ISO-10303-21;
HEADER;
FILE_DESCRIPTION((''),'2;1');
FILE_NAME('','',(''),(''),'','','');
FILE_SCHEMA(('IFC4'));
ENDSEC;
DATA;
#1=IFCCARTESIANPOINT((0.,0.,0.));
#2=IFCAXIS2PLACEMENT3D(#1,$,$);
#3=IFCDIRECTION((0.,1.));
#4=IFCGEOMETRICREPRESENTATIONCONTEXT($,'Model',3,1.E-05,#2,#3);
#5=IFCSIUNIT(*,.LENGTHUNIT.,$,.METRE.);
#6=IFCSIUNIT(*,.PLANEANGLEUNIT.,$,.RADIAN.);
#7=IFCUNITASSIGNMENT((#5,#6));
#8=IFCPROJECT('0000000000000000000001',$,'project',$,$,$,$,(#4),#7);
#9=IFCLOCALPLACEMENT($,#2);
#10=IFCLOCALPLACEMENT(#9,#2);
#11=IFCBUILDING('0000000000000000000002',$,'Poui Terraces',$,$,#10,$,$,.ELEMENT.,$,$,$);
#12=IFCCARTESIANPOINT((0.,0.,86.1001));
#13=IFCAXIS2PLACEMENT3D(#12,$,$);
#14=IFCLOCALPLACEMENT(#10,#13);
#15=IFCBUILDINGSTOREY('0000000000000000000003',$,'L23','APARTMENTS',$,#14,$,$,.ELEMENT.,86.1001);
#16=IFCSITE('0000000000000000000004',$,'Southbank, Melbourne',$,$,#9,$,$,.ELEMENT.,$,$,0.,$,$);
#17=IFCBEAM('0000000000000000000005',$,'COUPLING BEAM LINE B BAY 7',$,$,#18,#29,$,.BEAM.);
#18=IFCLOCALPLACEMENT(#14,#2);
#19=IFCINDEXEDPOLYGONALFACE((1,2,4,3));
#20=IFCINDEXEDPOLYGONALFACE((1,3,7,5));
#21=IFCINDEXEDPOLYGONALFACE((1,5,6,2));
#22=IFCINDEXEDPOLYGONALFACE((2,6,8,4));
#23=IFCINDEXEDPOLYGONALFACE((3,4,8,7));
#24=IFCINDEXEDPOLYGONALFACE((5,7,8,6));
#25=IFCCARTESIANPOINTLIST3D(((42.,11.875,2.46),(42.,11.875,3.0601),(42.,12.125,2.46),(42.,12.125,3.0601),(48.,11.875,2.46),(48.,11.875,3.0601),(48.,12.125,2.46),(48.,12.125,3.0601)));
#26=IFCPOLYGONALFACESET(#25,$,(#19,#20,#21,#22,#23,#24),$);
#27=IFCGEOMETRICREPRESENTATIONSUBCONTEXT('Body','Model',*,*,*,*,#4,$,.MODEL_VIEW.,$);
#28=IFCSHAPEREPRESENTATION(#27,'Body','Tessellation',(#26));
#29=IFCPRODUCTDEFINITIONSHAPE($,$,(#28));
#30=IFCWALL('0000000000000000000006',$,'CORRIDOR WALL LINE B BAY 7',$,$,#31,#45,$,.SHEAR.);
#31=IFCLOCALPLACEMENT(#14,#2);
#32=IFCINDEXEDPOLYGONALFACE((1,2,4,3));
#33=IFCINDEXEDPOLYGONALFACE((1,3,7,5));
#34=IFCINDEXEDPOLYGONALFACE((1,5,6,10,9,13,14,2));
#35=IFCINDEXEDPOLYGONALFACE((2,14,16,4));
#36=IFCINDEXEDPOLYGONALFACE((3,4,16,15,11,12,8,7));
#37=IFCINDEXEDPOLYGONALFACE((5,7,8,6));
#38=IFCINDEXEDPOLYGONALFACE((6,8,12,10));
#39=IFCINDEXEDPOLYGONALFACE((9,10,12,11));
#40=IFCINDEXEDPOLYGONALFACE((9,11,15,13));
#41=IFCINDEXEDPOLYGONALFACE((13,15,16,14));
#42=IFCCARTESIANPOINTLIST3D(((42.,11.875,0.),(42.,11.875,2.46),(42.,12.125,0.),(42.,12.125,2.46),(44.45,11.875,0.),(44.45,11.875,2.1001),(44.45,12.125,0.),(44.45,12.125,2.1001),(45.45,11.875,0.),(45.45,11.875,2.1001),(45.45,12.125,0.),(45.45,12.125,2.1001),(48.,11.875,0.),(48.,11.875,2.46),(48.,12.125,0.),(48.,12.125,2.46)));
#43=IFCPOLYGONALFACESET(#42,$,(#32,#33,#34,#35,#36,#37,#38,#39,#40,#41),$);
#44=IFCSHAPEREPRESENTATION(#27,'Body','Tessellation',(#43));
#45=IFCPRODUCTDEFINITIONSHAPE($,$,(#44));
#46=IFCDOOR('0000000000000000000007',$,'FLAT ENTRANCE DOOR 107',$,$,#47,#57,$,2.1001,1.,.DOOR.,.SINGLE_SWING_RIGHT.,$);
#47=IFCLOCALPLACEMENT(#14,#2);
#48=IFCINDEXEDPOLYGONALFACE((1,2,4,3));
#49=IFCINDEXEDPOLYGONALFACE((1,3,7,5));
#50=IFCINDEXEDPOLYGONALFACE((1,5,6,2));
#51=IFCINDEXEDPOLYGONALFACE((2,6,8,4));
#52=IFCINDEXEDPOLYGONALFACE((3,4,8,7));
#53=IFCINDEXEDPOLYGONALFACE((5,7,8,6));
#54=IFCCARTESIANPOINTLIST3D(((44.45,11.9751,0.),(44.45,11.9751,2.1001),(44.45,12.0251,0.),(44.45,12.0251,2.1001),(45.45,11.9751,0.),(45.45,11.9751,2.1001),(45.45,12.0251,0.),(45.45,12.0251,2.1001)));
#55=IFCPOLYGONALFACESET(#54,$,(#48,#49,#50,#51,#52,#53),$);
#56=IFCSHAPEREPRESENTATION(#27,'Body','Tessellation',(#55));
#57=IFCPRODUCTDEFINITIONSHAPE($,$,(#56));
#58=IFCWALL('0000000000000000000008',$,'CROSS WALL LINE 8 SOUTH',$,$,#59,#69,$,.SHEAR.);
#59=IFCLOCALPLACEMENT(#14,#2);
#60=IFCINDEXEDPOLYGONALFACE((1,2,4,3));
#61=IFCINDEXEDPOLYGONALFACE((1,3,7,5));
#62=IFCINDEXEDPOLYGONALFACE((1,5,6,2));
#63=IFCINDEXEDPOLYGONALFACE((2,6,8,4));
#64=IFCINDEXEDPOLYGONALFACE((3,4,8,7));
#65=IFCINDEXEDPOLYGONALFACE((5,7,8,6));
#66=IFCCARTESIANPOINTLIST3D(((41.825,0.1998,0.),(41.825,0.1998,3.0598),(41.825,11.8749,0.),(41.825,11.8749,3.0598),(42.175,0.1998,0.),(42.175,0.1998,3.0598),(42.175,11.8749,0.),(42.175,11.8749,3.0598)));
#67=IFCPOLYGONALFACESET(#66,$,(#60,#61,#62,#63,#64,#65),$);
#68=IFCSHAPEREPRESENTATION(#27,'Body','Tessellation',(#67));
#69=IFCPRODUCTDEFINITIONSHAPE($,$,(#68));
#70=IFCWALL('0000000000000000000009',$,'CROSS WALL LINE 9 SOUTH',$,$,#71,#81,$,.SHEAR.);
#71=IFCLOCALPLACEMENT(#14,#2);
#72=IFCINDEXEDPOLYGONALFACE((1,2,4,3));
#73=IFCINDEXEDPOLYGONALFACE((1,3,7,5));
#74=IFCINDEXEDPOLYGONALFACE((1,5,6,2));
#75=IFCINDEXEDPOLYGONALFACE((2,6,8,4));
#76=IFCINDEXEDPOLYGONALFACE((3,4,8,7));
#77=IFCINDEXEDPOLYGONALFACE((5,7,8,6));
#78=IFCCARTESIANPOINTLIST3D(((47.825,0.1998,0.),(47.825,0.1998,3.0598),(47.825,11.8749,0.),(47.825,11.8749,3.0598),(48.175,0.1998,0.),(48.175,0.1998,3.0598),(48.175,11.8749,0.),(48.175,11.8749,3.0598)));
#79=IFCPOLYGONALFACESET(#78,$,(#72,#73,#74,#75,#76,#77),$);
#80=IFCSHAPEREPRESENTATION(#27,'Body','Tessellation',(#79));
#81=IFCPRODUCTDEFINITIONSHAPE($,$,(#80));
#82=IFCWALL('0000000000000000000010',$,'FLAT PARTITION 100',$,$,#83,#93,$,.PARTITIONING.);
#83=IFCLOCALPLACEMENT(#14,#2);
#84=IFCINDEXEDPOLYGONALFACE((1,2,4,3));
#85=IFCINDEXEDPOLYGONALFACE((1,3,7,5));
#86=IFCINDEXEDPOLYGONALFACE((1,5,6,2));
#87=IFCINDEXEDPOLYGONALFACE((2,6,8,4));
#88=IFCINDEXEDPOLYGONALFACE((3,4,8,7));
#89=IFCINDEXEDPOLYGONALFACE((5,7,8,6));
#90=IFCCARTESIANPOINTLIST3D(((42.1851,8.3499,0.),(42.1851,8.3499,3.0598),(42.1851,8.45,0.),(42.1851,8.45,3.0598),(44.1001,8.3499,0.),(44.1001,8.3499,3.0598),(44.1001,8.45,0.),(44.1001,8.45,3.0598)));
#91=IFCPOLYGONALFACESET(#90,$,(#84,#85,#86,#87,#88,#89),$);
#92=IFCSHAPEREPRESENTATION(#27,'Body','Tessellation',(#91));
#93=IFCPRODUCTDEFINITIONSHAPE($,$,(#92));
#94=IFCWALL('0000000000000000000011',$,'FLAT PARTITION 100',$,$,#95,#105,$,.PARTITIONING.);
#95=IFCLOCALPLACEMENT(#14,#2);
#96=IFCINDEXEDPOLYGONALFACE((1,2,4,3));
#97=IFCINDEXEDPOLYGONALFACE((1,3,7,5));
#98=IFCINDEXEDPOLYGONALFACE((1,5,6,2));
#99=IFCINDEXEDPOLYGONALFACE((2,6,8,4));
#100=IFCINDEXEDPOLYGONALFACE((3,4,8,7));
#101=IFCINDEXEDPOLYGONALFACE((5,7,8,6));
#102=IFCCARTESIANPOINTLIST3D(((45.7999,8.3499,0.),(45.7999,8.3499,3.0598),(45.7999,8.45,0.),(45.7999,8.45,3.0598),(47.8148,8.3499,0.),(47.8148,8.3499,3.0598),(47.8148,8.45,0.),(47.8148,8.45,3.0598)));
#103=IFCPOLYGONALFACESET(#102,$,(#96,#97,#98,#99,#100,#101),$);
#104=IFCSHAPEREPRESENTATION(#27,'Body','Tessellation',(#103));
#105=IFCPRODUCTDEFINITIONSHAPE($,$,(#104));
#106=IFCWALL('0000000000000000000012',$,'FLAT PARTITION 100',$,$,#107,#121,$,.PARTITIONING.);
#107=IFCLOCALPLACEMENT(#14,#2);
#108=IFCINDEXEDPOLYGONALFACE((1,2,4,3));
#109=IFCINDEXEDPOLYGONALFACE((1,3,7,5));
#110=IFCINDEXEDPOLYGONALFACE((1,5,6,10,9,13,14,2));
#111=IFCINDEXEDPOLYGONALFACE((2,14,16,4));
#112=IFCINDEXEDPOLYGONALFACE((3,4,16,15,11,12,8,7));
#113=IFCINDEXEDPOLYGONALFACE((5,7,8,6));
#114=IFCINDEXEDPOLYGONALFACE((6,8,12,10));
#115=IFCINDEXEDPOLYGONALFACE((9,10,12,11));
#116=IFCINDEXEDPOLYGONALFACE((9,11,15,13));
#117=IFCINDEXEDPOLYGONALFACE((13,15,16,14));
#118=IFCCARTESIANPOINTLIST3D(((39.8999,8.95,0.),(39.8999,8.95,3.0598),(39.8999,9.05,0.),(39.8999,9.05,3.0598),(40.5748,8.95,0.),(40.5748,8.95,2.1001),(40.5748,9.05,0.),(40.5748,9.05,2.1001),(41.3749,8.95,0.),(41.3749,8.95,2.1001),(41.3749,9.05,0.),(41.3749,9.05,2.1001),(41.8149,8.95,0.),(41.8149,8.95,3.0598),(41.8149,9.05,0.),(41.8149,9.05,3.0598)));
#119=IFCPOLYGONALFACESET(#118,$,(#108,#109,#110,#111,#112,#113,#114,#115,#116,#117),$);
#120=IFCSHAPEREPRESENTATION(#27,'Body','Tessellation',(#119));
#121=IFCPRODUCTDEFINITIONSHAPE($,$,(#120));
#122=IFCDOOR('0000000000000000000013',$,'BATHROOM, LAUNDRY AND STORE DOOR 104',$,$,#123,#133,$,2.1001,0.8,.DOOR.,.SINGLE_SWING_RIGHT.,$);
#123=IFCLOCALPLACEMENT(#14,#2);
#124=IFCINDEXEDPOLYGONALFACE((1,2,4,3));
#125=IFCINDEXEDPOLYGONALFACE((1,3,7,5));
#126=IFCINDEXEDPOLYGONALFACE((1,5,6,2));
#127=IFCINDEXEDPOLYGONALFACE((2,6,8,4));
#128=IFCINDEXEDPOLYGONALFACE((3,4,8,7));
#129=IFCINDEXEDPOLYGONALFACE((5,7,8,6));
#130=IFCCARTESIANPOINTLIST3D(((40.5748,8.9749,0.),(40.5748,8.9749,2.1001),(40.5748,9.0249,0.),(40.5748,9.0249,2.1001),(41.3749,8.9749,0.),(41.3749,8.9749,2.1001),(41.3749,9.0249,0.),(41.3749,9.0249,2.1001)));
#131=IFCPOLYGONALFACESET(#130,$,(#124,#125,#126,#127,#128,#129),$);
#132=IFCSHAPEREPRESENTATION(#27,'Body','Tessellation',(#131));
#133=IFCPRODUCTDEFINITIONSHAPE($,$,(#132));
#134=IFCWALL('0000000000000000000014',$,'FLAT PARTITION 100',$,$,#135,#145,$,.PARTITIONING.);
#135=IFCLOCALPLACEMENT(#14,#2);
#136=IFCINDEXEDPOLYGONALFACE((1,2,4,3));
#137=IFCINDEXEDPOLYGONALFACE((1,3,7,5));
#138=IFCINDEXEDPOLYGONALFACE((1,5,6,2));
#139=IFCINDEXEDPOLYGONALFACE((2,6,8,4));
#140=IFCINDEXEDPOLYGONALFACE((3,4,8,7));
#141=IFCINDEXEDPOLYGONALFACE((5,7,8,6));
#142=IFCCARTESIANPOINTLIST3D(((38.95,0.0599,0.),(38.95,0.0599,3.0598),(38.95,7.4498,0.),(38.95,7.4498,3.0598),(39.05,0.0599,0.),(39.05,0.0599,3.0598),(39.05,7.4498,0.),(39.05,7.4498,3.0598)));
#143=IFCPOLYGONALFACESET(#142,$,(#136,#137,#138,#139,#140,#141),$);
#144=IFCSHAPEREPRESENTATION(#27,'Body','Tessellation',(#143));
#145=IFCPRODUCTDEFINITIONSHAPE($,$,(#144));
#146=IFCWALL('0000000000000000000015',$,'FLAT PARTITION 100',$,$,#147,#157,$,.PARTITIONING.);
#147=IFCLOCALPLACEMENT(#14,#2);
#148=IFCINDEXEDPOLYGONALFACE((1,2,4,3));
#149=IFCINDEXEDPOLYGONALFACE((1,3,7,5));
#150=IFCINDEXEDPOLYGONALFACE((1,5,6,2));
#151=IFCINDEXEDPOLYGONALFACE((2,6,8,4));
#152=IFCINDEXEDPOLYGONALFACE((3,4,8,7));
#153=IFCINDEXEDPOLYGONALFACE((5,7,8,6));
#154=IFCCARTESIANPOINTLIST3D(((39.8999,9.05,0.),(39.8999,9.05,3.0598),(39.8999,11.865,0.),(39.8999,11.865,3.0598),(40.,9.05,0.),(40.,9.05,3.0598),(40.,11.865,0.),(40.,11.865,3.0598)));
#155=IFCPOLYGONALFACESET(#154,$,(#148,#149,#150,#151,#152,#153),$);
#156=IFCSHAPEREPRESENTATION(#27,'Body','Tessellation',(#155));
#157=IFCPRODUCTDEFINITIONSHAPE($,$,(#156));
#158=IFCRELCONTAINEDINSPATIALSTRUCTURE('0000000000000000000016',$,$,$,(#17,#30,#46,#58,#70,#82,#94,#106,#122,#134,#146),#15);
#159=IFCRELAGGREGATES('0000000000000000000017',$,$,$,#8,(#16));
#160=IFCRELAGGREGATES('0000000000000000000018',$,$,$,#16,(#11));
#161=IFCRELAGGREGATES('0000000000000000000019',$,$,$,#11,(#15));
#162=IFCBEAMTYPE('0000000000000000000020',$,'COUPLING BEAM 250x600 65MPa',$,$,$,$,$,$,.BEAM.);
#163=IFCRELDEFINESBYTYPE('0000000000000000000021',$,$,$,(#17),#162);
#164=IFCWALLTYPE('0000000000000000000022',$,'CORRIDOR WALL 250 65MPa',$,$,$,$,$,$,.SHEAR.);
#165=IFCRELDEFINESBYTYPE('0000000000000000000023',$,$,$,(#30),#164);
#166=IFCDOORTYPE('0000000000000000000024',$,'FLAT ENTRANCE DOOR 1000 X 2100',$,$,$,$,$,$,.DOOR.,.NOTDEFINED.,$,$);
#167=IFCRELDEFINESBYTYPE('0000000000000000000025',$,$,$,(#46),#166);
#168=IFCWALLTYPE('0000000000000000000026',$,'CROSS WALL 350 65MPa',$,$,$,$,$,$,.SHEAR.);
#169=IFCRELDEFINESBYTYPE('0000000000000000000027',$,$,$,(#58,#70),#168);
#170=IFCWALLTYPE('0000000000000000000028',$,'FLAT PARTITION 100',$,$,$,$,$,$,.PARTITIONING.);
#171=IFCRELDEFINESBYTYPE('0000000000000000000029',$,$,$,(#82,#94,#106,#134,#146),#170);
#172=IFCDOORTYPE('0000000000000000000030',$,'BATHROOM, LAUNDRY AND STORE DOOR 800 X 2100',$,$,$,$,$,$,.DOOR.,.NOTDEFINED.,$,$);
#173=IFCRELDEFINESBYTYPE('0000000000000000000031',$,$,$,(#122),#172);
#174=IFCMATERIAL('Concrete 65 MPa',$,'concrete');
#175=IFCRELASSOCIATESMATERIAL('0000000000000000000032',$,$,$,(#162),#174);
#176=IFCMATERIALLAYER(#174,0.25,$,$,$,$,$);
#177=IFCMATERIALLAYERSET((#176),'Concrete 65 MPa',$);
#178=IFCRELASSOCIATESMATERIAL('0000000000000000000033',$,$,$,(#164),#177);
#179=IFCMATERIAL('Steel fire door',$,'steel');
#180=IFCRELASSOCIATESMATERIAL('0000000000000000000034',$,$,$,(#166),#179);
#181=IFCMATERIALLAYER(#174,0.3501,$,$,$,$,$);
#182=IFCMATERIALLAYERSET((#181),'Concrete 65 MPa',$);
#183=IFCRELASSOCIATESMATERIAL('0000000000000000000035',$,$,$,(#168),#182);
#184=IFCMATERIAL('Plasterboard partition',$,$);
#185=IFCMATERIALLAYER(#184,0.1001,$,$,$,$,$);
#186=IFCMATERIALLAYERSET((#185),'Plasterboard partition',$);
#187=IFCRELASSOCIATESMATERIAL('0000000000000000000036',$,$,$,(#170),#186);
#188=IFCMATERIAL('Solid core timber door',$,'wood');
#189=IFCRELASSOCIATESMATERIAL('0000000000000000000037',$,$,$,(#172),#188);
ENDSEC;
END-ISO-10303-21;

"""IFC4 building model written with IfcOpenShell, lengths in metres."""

from ifc_helpers import new_model, si_unit, direction, frame, frame_2d, origin, origin_2d, place, context, subcontext, project, spatial, rectangle, extrude, source, transform, mapped, material, layer, layer_set, material_profile, profile_set, type_object, element, fill, save


model = new_model("IFC4")

# Units and contexts
model_context = context("Model", 3, precision=1e-05, world=origin(), true_north=direction((0.0, 1.0)))
body_context = subcontext(model_context, "Body", "Model", "MODEL_VIEW")
ifc_project = project(units=[si_unit("LENGTHUNIT", "METRE"), si_unit("PLANEANGLEUNIT", "RADIAN")], contexts=[model_context])

# Site, building, storey
site_placement = place(None, origin())
site = spatial("IfcSite", under=ifc_project, at=site_placement, Name="Southbank, Melbourne", CompositionType="ELEMENT", RefElevation=0.0)
building_placement = place(site_placement, origin())
building = spatial("IfcBuilding", under=site, at=building_placement, Name="Poui Terraces", CompositionType="ELEMENT")
storey_placement = place(building_placement, frame((0.0, 0.0, 86.1001)))
storey = spatial("IfcBuildingStorey", under=building, at=storey_placement, Name="L23", Description="APARTMENTS", CompositionType="ELEMENT", Elevation=86.1001)

# Beam
ifc_material_1 = material(Name="Concrete 65 MPa", Category="concrete")
ifc_material_profile = material_profile(ifc_material_1, rectangle(XDim=0.25, YDim=0.6001, at=origin_2d()), Name="RC 250x600")
ifc_profile_set = profile_set([ifc_material_profile], Name="Concrete 65 MPa")
beam_type = type_object("IfcBeamType", Name="COUPLING BEAM 250x600 65MPa", PredefinedType="BEAM", material=ifc_profile_set)
shared_shape_1 = source(origin(), body_context, "Body", "SweptSolid", [
    extrude(rectangle(XDim=0.25, YDim=0.6001, at=origin_2d()), origin(), (0.0, 0.0, 1.0), 6.0),
])
beam_placement = place(storey_placement, frame((42.0, 12.0, 2.76), z_axis=(1.0, 0.0, 0.0), x_axis=(0.0, 1.0, 0.0)))
element("IfcBeam", 1, at=beam_placement, inside=storey, type_object=beam_type, Name="COUPLING BEAM LINE B BAY 7", PredefinedType="BEAM", context=body_context, shape_type="MappedRepresentation", body=[
    mapped(shared_shape_1, transform((0.0, 0.0, 0.0))),
])

# Wall, opening, door
ifc_layer_1 = layer(ifc_material_1, 0.25)
ifc_layer_set_1 = layer_set([ifc_layer_1], Name="Concrete 65 MPa")
wall_type_1 = type_object("IfcWallType", Name="CORRIDOR WALL 250 65MPa", PredefinedType="SHEAR", material=ifc_layer_set_1)
wall_1_placement = place(storey_placement, frame((42.0, 12.0, 0.0), z_axis=(0.0, 0.0, 1.0), x_axis=(1.0, 0.0, 0.0)))
wall_1 = element("IfcWall", 2, at=wall_1_placement, inside=storey, type_object=wall_type_1, Name="CORRIDOR WALL LINE B BAY 7", PredefinedType="SHEAR", context=body_context, shape_type="SweptSolid", body=[
    extrude(rectangle(XDim=6.0, YDim=0.25, at=frame_2d((3.0, 0.0))), origin(), (0.0, 0.0, 1.0), 2.46),
])
opening_1_placement = place(wall_1_placement, frame((2.45, 0.0, 0.0)))
opening_1 = element("IfcOpeningElement", 3, at=opening_1_placement, cuts=wall_1, PredefinedType="OPENING", context=body_context, shape_type="SweptSolid", body=[
    extrude(rectangle(XDim=1.0, YDim=2.1001, at=frame_2d((0.5, 1.05))), frame((0.0, 0.135, 0.0), z_axis=(0.0, -1.0, 0.0), x_axis=(1.0, 0.0, 0.0)), (0.0, 0.0, 1.0), 0.27),
])
ifc_material_2 = material(Name="Steel fire door", Category="steel")
door_type_1 = type_object("IfcDoorType", Name="FLAT ENTRANCE DOOR 1000 X 2100", OperationType="NOTDEFINED", PredefinedType="DOOR", material=ifc_material_2)
door_1_placement = place(opening_1_placement, frame((1.0, 0.0, 0.0), z_axis=(0.0, 0.0, 1.0), x_axis=(-1.0, 0.0, 0.0)))
door_1 = element("IfcDoor", 4, at=door_1_placement, inside=storey, type_object=door_type_1, Name="FLAT ENTRANCE DOOR 107", OperationType="SINGLE_SWING_RIGHT", OverallHeight=2.1001, OverallWidth=1.0, PredefinedType="DOOR", context=body_context, shape_type="SweptSolid", body=[
    extrude(rectangle(XDim=1.0, YDim=2.1001, at=frame_2d((0.5, 1.05))), frame((0.0, 0.0249, 0.0), z_axis=(0.0, -1.0, 0.0), x_axis=(1.0, 0.0, 0.0)), (0.0, 0.0, 1.0), 0.05),
])
fill(opening_1, door_1)

# Walls
ifc_layer_2 = layer(ifc_material_1, 0.3501)
ifc_layer_set_2 = layer_set([ifc_layer_2], Name="Concrete 65 MPa")
wall_type_2 = type_object("IfcWallType", Name="CROSS WALL 350 65MPa", PredefinedType="SHEAR", material=ifc_layer_set_2)
for number, where, z_axis, x_axis, name in (
    (5, (42.0, 0.2, 0.0), (0.0, 0.0, 1.0), (0.0, 1.0, 0.0), "CROSS WALL LINE 8 SOUTH"),
    (6, (48.0, 0.2, 0.0), (0.0, 0.0, 1.0), (0.0, 1.0, 0.0), "CROSS WALL LINE 9 SOUTH"),
):
    element("IfcWall", number, at=place(storey_placement, frame(where, z_axis=z_axis, x_axis=x_axis)), inside=storey, type_object=wall_type_2, Name=name, PredefinedType="SHEAR", context=body_context, shape_type="SweptSolid", body=[
        extrude(rectangle(XDim=11.675, YDim=0.3501, at=frame_2d((5.8374, 0.0))), origin(), (0.0, 0.0, 1.0), 3.0598),
    ])
ifc_material_3 = material(Name="Plasterboard partition")
ifc_layer_3 = layer(ifc_material_3, 0.1001)
ifc_layer_set_3 = layer_set([ifc_layer_3], Name="Plasterboard partition")
wall_type_3 = type_object("IfcWallType", Name="FLAT PARTITION 100", PredefinedType="PARTITIONING", material=ifc_layer_set_3)
wall_2_placement = place(storey_placement, frame((42.1851, 8.3999, 0.0), z_axis=(0.0, 0.0, 1.0), x_axis=(1.0, 0.0, 0.0)))
element("IfcWall", 7, at=wall_2_placement, inside=storey, type_object=wall_type_3, Name="FLAT PARTITION 100", PredefinedType="PARTITIONING", context=body_context, shape_type="SweptSolid", body=[
    extrude(rectangle(XDim=1.915, YDim=0.1001, at=frame_2d((0.9575, 0.0))), origin(), (0.0, 0.0, 1.0), 3.0598),
])
wall_3_placement = place(storey_placement, frame((45.8, 8.3999, 0.0), z_axis=(0.0, 0.0, 1.0), x_axis=(1.0, 0.0, 0.0)))
element("IfcWall", 8, at=wall_3_placement, inside=storey, type_object=wall_type_3, Name="FLAT PARTITION 100", PredefinedType="PARTITIONING", context=body_context, shape_type="SweptSolid", body=[
    extrude(rectangle(XDim=2.0149, YDim=0.1001, at=frame_2d((1.0073, 0.0))), origin(), (0.0, 0.0, 1.0), 3.0598),
])

# Wall, opening, door
wall_4_placement = place(storey_placement, frame((39.8999, 9.0, 0.0), z_axis=(0.0, 0.0, 1.0), x_axis=(1.0, 0.0, 0.0)))
wall_4 = element("IfcWall", 9, at=wall_4_placement, inside=storey, type_object=wall_type_3, Name="FLAT PARTITION 100", PredefinedType="PARTITIONING", context=body_context, shape_type="SweptSolid", body=[
    extrude(rectangle(XDim=1.915, YDim=0.1001, at=frame_2d((0.9575, 0.0))), origin(), (0.0, 0.0, 1.0), 3.0598),
])
opening_2_placement = place(wall_4_placement, frame((0.675, 0.0, 0.0)))
opening_2 = element("IfcOpeningElement", 10, at=opening_2_placement, cuts=wall_4, PredefinedType="OPENING", context=body_context, shape_type="SweptSolid", body=[
    extrude(rectangle(XDim=0.8, YDim=2.1001, at=frame_2d((0.3999, 1.05))), frame((0.0, 0.0601, 0.0), z_axis=(0.0, -1.0, 0.0), x_axis=(1.0, 0.0, 0.0)), (0.0, 0.0, 1.0), 0.1201),
])
ifc_material_4 = material(Name="Solid core timber door", Category="wood")
door_type_2 = type_object("IfcDoorType", Name="BATHROOM, LAUNDRY AND STORE DOOR 800 X 2100", OperationType="NOTDEFINED", PredefinedType="DOOR", material=ifc_material_4)
door_2_placement = place(opening_2_placement, origin())
door_2 = element("IfcDoor", 11, at=door_2_placement, inside=storey, type_object=door_type_2, Name="BATHROOM, LAUNDRY AND STORE DOOR 104", OperationType="SINGLE_SWING_RIGHT", OverallHeight=2.1001, OverallWidth=0.8, PredefinedType="DOOR", context=body_context, shape_type="SweptSolid", body=[
    extrude(rectangle(XDim=0.8, YDim=2.1001, at=frame_2d((0.3999, 1.05))), frame((0.0, 0.0249, 0.0), z_axis=(0.0, -1.0, 0.0), x_axis=(1.0, 0.0, 0.0)), (0.0, 0.0, 1.0), 0.05),
])
fill(opening_2, door_2)

# Walls
wall_5_placement = place(storey_placement, frame((39.0, 0.0601, 0.0), z_axis=(0.0, 0.0, 1.0), x_axis=(0.0, 1.0, 0.0)))
element("IfcWall", 12, at=wall_5_placement, inside=storey, type_object=wall_type_3, Name="FLAT PARTITION 100", PredefinedType="PARTITIONING", context=body_context, shape_type="SweptSolid", body=[
    extrude(rectangle(XDim=7.3899, YDim=0.1001, at=frame_2d((3.6948, 0.0))), origin(), (0.0, 0.0, 1.0), 3.0598),
])
wall_6_placement = place(storey_placement, frame((39.95, 9.05, 0.0), z_axis=(0.0, 0.0, 1.0), x_axis=(0.0, 1.0, 0.0)))
element("IfcWall", 13, at=wall_6_placement, inside=storey, type_object=wall_type_3, Name="FLAT PARTITION 100", PredefinedType="PARTITIONING", context=body_context, shape_type="SweptSolid", body=[
    extrude(rectangle(XDim=2.8149, YDim=0.1001, at=frame_2d((1.4075, 0.0))), origin(), (0.0, 0.0, 1.0), 3.0598),
])

save(model, "model.ifc")
